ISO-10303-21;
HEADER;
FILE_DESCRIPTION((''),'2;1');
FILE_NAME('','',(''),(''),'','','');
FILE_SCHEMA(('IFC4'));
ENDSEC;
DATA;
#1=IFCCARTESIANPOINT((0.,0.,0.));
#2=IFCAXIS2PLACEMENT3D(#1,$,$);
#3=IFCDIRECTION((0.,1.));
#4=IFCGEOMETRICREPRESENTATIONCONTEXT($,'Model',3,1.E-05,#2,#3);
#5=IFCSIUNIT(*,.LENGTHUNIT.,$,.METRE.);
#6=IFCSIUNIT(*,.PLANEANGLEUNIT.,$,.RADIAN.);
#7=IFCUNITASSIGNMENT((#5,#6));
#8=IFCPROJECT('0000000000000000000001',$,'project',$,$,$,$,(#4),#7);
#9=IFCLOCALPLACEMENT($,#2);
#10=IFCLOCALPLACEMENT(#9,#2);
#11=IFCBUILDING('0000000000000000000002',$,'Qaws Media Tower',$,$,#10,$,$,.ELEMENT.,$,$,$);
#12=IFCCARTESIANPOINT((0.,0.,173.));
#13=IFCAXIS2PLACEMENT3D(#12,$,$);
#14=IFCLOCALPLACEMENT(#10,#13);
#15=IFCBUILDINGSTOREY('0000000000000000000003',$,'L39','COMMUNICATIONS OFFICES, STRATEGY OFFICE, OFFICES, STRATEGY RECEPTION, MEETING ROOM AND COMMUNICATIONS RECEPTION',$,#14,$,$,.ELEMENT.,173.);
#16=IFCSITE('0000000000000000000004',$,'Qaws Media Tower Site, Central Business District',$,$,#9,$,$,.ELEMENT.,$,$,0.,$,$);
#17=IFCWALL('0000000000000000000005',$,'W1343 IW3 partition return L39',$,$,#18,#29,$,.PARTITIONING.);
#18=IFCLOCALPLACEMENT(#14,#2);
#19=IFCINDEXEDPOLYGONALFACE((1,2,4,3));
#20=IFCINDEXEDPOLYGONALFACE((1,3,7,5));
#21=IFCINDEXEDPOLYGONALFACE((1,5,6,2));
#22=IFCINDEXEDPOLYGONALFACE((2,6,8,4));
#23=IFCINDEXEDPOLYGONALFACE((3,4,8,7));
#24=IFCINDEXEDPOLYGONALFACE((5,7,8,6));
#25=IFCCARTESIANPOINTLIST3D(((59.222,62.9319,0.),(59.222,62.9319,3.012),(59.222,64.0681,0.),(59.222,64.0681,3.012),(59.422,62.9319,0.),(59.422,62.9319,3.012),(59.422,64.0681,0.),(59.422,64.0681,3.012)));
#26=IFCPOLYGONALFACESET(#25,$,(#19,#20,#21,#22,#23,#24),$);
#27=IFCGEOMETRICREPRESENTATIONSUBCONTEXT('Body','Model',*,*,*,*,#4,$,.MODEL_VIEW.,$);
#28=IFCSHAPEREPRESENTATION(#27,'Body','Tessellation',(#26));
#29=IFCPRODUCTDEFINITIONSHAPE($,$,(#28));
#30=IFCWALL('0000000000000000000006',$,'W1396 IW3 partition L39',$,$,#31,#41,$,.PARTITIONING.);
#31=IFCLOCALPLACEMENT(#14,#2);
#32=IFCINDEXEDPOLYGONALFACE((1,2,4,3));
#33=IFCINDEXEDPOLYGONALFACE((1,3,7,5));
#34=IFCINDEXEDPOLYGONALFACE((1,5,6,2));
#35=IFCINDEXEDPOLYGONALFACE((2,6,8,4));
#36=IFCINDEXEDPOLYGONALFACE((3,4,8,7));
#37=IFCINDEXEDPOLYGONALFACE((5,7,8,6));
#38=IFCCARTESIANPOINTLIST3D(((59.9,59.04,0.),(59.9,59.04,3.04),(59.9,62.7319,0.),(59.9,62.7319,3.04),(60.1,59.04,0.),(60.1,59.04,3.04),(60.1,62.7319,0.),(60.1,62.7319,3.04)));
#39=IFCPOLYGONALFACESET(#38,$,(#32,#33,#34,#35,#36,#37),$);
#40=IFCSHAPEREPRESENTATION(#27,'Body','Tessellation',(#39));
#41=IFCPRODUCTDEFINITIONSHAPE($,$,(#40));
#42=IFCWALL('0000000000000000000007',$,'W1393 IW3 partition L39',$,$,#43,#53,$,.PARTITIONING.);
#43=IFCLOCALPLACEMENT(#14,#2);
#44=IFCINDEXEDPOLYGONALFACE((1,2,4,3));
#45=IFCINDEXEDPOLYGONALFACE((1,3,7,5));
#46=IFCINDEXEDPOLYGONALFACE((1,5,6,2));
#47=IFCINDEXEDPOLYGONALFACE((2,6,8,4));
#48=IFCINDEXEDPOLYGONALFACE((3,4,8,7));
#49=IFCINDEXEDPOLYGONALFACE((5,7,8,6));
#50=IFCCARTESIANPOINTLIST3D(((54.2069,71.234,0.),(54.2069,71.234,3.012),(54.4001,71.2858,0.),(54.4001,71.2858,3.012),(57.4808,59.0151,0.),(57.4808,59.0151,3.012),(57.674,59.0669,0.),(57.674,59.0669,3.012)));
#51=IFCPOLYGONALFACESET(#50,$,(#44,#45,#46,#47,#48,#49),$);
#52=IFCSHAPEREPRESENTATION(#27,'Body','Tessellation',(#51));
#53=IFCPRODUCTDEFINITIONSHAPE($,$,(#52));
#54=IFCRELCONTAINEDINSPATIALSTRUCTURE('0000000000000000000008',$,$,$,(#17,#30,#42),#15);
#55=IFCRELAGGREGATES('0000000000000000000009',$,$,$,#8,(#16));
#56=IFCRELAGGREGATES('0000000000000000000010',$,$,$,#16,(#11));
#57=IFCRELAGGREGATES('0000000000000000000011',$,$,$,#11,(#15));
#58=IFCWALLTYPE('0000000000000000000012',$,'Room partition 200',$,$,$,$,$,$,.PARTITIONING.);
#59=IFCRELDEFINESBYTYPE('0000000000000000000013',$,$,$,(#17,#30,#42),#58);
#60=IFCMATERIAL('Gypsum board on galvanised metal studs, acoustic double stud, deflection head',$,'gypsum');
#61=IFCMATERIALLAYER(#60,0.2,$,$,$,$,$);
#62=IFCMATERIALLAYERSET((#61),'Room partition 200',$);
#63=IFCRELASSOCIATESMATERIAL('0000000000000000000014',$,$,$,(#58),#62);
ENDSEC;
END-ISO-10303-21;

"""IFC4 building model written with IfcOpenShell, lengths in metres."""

from ifc_helpers import new_model, si_unit, direction, frame, frame_2d, origin, place, context, subcontext, project, spatial, rectangle, extrude, material, layer, layer_set, type_object, element, save


model = new_model("IFC4")

# Units and contexts
model_context = context("Model", 3, precision=1e-05, world=origin(), true_north=direction((0.0, 1.0)))
body_context = subcontext(model_context, "Body", "Model", "MODEL_VIEW")
ifc_project = project(units=[si_unit("LENGTHUNIT", "METRE"), si_unit("PLANEANGLEUNIT", "RADIAN")], contexts=[model_context])

# Site, building, storey
site_placement = place(None, origin())
site = spatial("IfcSite", under=ifc_project, at=site_placement, Name="Qaws Media Tower Site, Central Business District", CompositionType="ELEMENT", RefElevation=0.0)
building_placement = place(site_placement, origin())
building = spatial("IfcBuilding", under=site, at=building_placement, Name="Qaws Media Tower", CompositionType="ELEMENT")
storey_placement = place(building_placement, frame((0.0, 0.0, 173.0)))
storey = spatial("IfcBuildingStorey", under=building, at=storey_placement, Name="L39", Description="COMMUNICATIONS OFFICES, STRATEGY OFFICE, OFFICES, STRATEGY RECEPTION, MEETING ROOM AND COMMUNICATIONS RECEPTION", CompositionType="ELEMENT", Elevation=173.0)

# Shared definitions
ifc_material_1 = material(Name="Gypsum board on galvanised metal studs, acoustic double stud, deflection head", Category="gypsum")
ifc_layer = layer(ifc_material_1, 0.2)
ifc_layer_set = layer_set([ifc_layer], Name="Room partition 200")
wall_type = type_object("IfcWallType", Name="Room partition 200", PredefinedType="PARTITIONING", material=ifc_layer_set)

# Walls
wall_1_placement = place(storey_placement, frame((59.322, 62.9319, 0.0), z_axis=(0.0, 0.0, 1.0), x_axis=(0.0, 1.0, 0.0)))
element("IfcWall", 1, at=wall_1_placement, inside=storey, type_object=wall_type, Name="W1343 IW3 partition return L39", PredefinedType="PARTITIONING", context=body_context, shape_type="SweptSolid", body=[
    extrude(rectangle(XDim=1.1362, YDim=0.2, at=frame_2d((0.5681, 0.0))), origin(), (0.0, 0.0, 1.0), 3.012),
])
wall_2_placement = place(storey_placement, frame((60.0, 59.04, 0.0), z_axis=(0.0, 0.0, 1.0), x_axis=(0.0, 1.0, 0.0)))
element("IfcWall", 2, at=wall_2_placement, inside=storey, type_object=wall_type, Name="W1396 IW3 partition L39", PredefinedType="PARTITIONING", context=body_context, shape_type="SweptSolid", body=[
    extrude(rectangle(XDim=3.6919, YDim=0.2, at=frame_2d((1.8459, 0.0))), origin(), (0.0, 0.0, 1.0), 3.04),
])
wall_3_placement = place(storey_placement, frame((57.5774, 59.041, 0.0), z_axis=(0.0, 0.0, 1.0), x_axis=(-0.258808, 0.965929, 0.0)))
element("IfcWall", 3, at=wall_3_placement, inside=storey, type_object=wall_type, Name="W1393 IW3 partition L39", PredefinedType="PARTITIONING", context=body_context, shape_type="SweptSolid", body=[
    extrude(rectangle(XDim=12.6499, YDim=0.2, at=frame_2d((6.325, 0.0))), origin(), (0.0, 0.0, 1.0), 3.012),
])

save(model, "model.ifc")
